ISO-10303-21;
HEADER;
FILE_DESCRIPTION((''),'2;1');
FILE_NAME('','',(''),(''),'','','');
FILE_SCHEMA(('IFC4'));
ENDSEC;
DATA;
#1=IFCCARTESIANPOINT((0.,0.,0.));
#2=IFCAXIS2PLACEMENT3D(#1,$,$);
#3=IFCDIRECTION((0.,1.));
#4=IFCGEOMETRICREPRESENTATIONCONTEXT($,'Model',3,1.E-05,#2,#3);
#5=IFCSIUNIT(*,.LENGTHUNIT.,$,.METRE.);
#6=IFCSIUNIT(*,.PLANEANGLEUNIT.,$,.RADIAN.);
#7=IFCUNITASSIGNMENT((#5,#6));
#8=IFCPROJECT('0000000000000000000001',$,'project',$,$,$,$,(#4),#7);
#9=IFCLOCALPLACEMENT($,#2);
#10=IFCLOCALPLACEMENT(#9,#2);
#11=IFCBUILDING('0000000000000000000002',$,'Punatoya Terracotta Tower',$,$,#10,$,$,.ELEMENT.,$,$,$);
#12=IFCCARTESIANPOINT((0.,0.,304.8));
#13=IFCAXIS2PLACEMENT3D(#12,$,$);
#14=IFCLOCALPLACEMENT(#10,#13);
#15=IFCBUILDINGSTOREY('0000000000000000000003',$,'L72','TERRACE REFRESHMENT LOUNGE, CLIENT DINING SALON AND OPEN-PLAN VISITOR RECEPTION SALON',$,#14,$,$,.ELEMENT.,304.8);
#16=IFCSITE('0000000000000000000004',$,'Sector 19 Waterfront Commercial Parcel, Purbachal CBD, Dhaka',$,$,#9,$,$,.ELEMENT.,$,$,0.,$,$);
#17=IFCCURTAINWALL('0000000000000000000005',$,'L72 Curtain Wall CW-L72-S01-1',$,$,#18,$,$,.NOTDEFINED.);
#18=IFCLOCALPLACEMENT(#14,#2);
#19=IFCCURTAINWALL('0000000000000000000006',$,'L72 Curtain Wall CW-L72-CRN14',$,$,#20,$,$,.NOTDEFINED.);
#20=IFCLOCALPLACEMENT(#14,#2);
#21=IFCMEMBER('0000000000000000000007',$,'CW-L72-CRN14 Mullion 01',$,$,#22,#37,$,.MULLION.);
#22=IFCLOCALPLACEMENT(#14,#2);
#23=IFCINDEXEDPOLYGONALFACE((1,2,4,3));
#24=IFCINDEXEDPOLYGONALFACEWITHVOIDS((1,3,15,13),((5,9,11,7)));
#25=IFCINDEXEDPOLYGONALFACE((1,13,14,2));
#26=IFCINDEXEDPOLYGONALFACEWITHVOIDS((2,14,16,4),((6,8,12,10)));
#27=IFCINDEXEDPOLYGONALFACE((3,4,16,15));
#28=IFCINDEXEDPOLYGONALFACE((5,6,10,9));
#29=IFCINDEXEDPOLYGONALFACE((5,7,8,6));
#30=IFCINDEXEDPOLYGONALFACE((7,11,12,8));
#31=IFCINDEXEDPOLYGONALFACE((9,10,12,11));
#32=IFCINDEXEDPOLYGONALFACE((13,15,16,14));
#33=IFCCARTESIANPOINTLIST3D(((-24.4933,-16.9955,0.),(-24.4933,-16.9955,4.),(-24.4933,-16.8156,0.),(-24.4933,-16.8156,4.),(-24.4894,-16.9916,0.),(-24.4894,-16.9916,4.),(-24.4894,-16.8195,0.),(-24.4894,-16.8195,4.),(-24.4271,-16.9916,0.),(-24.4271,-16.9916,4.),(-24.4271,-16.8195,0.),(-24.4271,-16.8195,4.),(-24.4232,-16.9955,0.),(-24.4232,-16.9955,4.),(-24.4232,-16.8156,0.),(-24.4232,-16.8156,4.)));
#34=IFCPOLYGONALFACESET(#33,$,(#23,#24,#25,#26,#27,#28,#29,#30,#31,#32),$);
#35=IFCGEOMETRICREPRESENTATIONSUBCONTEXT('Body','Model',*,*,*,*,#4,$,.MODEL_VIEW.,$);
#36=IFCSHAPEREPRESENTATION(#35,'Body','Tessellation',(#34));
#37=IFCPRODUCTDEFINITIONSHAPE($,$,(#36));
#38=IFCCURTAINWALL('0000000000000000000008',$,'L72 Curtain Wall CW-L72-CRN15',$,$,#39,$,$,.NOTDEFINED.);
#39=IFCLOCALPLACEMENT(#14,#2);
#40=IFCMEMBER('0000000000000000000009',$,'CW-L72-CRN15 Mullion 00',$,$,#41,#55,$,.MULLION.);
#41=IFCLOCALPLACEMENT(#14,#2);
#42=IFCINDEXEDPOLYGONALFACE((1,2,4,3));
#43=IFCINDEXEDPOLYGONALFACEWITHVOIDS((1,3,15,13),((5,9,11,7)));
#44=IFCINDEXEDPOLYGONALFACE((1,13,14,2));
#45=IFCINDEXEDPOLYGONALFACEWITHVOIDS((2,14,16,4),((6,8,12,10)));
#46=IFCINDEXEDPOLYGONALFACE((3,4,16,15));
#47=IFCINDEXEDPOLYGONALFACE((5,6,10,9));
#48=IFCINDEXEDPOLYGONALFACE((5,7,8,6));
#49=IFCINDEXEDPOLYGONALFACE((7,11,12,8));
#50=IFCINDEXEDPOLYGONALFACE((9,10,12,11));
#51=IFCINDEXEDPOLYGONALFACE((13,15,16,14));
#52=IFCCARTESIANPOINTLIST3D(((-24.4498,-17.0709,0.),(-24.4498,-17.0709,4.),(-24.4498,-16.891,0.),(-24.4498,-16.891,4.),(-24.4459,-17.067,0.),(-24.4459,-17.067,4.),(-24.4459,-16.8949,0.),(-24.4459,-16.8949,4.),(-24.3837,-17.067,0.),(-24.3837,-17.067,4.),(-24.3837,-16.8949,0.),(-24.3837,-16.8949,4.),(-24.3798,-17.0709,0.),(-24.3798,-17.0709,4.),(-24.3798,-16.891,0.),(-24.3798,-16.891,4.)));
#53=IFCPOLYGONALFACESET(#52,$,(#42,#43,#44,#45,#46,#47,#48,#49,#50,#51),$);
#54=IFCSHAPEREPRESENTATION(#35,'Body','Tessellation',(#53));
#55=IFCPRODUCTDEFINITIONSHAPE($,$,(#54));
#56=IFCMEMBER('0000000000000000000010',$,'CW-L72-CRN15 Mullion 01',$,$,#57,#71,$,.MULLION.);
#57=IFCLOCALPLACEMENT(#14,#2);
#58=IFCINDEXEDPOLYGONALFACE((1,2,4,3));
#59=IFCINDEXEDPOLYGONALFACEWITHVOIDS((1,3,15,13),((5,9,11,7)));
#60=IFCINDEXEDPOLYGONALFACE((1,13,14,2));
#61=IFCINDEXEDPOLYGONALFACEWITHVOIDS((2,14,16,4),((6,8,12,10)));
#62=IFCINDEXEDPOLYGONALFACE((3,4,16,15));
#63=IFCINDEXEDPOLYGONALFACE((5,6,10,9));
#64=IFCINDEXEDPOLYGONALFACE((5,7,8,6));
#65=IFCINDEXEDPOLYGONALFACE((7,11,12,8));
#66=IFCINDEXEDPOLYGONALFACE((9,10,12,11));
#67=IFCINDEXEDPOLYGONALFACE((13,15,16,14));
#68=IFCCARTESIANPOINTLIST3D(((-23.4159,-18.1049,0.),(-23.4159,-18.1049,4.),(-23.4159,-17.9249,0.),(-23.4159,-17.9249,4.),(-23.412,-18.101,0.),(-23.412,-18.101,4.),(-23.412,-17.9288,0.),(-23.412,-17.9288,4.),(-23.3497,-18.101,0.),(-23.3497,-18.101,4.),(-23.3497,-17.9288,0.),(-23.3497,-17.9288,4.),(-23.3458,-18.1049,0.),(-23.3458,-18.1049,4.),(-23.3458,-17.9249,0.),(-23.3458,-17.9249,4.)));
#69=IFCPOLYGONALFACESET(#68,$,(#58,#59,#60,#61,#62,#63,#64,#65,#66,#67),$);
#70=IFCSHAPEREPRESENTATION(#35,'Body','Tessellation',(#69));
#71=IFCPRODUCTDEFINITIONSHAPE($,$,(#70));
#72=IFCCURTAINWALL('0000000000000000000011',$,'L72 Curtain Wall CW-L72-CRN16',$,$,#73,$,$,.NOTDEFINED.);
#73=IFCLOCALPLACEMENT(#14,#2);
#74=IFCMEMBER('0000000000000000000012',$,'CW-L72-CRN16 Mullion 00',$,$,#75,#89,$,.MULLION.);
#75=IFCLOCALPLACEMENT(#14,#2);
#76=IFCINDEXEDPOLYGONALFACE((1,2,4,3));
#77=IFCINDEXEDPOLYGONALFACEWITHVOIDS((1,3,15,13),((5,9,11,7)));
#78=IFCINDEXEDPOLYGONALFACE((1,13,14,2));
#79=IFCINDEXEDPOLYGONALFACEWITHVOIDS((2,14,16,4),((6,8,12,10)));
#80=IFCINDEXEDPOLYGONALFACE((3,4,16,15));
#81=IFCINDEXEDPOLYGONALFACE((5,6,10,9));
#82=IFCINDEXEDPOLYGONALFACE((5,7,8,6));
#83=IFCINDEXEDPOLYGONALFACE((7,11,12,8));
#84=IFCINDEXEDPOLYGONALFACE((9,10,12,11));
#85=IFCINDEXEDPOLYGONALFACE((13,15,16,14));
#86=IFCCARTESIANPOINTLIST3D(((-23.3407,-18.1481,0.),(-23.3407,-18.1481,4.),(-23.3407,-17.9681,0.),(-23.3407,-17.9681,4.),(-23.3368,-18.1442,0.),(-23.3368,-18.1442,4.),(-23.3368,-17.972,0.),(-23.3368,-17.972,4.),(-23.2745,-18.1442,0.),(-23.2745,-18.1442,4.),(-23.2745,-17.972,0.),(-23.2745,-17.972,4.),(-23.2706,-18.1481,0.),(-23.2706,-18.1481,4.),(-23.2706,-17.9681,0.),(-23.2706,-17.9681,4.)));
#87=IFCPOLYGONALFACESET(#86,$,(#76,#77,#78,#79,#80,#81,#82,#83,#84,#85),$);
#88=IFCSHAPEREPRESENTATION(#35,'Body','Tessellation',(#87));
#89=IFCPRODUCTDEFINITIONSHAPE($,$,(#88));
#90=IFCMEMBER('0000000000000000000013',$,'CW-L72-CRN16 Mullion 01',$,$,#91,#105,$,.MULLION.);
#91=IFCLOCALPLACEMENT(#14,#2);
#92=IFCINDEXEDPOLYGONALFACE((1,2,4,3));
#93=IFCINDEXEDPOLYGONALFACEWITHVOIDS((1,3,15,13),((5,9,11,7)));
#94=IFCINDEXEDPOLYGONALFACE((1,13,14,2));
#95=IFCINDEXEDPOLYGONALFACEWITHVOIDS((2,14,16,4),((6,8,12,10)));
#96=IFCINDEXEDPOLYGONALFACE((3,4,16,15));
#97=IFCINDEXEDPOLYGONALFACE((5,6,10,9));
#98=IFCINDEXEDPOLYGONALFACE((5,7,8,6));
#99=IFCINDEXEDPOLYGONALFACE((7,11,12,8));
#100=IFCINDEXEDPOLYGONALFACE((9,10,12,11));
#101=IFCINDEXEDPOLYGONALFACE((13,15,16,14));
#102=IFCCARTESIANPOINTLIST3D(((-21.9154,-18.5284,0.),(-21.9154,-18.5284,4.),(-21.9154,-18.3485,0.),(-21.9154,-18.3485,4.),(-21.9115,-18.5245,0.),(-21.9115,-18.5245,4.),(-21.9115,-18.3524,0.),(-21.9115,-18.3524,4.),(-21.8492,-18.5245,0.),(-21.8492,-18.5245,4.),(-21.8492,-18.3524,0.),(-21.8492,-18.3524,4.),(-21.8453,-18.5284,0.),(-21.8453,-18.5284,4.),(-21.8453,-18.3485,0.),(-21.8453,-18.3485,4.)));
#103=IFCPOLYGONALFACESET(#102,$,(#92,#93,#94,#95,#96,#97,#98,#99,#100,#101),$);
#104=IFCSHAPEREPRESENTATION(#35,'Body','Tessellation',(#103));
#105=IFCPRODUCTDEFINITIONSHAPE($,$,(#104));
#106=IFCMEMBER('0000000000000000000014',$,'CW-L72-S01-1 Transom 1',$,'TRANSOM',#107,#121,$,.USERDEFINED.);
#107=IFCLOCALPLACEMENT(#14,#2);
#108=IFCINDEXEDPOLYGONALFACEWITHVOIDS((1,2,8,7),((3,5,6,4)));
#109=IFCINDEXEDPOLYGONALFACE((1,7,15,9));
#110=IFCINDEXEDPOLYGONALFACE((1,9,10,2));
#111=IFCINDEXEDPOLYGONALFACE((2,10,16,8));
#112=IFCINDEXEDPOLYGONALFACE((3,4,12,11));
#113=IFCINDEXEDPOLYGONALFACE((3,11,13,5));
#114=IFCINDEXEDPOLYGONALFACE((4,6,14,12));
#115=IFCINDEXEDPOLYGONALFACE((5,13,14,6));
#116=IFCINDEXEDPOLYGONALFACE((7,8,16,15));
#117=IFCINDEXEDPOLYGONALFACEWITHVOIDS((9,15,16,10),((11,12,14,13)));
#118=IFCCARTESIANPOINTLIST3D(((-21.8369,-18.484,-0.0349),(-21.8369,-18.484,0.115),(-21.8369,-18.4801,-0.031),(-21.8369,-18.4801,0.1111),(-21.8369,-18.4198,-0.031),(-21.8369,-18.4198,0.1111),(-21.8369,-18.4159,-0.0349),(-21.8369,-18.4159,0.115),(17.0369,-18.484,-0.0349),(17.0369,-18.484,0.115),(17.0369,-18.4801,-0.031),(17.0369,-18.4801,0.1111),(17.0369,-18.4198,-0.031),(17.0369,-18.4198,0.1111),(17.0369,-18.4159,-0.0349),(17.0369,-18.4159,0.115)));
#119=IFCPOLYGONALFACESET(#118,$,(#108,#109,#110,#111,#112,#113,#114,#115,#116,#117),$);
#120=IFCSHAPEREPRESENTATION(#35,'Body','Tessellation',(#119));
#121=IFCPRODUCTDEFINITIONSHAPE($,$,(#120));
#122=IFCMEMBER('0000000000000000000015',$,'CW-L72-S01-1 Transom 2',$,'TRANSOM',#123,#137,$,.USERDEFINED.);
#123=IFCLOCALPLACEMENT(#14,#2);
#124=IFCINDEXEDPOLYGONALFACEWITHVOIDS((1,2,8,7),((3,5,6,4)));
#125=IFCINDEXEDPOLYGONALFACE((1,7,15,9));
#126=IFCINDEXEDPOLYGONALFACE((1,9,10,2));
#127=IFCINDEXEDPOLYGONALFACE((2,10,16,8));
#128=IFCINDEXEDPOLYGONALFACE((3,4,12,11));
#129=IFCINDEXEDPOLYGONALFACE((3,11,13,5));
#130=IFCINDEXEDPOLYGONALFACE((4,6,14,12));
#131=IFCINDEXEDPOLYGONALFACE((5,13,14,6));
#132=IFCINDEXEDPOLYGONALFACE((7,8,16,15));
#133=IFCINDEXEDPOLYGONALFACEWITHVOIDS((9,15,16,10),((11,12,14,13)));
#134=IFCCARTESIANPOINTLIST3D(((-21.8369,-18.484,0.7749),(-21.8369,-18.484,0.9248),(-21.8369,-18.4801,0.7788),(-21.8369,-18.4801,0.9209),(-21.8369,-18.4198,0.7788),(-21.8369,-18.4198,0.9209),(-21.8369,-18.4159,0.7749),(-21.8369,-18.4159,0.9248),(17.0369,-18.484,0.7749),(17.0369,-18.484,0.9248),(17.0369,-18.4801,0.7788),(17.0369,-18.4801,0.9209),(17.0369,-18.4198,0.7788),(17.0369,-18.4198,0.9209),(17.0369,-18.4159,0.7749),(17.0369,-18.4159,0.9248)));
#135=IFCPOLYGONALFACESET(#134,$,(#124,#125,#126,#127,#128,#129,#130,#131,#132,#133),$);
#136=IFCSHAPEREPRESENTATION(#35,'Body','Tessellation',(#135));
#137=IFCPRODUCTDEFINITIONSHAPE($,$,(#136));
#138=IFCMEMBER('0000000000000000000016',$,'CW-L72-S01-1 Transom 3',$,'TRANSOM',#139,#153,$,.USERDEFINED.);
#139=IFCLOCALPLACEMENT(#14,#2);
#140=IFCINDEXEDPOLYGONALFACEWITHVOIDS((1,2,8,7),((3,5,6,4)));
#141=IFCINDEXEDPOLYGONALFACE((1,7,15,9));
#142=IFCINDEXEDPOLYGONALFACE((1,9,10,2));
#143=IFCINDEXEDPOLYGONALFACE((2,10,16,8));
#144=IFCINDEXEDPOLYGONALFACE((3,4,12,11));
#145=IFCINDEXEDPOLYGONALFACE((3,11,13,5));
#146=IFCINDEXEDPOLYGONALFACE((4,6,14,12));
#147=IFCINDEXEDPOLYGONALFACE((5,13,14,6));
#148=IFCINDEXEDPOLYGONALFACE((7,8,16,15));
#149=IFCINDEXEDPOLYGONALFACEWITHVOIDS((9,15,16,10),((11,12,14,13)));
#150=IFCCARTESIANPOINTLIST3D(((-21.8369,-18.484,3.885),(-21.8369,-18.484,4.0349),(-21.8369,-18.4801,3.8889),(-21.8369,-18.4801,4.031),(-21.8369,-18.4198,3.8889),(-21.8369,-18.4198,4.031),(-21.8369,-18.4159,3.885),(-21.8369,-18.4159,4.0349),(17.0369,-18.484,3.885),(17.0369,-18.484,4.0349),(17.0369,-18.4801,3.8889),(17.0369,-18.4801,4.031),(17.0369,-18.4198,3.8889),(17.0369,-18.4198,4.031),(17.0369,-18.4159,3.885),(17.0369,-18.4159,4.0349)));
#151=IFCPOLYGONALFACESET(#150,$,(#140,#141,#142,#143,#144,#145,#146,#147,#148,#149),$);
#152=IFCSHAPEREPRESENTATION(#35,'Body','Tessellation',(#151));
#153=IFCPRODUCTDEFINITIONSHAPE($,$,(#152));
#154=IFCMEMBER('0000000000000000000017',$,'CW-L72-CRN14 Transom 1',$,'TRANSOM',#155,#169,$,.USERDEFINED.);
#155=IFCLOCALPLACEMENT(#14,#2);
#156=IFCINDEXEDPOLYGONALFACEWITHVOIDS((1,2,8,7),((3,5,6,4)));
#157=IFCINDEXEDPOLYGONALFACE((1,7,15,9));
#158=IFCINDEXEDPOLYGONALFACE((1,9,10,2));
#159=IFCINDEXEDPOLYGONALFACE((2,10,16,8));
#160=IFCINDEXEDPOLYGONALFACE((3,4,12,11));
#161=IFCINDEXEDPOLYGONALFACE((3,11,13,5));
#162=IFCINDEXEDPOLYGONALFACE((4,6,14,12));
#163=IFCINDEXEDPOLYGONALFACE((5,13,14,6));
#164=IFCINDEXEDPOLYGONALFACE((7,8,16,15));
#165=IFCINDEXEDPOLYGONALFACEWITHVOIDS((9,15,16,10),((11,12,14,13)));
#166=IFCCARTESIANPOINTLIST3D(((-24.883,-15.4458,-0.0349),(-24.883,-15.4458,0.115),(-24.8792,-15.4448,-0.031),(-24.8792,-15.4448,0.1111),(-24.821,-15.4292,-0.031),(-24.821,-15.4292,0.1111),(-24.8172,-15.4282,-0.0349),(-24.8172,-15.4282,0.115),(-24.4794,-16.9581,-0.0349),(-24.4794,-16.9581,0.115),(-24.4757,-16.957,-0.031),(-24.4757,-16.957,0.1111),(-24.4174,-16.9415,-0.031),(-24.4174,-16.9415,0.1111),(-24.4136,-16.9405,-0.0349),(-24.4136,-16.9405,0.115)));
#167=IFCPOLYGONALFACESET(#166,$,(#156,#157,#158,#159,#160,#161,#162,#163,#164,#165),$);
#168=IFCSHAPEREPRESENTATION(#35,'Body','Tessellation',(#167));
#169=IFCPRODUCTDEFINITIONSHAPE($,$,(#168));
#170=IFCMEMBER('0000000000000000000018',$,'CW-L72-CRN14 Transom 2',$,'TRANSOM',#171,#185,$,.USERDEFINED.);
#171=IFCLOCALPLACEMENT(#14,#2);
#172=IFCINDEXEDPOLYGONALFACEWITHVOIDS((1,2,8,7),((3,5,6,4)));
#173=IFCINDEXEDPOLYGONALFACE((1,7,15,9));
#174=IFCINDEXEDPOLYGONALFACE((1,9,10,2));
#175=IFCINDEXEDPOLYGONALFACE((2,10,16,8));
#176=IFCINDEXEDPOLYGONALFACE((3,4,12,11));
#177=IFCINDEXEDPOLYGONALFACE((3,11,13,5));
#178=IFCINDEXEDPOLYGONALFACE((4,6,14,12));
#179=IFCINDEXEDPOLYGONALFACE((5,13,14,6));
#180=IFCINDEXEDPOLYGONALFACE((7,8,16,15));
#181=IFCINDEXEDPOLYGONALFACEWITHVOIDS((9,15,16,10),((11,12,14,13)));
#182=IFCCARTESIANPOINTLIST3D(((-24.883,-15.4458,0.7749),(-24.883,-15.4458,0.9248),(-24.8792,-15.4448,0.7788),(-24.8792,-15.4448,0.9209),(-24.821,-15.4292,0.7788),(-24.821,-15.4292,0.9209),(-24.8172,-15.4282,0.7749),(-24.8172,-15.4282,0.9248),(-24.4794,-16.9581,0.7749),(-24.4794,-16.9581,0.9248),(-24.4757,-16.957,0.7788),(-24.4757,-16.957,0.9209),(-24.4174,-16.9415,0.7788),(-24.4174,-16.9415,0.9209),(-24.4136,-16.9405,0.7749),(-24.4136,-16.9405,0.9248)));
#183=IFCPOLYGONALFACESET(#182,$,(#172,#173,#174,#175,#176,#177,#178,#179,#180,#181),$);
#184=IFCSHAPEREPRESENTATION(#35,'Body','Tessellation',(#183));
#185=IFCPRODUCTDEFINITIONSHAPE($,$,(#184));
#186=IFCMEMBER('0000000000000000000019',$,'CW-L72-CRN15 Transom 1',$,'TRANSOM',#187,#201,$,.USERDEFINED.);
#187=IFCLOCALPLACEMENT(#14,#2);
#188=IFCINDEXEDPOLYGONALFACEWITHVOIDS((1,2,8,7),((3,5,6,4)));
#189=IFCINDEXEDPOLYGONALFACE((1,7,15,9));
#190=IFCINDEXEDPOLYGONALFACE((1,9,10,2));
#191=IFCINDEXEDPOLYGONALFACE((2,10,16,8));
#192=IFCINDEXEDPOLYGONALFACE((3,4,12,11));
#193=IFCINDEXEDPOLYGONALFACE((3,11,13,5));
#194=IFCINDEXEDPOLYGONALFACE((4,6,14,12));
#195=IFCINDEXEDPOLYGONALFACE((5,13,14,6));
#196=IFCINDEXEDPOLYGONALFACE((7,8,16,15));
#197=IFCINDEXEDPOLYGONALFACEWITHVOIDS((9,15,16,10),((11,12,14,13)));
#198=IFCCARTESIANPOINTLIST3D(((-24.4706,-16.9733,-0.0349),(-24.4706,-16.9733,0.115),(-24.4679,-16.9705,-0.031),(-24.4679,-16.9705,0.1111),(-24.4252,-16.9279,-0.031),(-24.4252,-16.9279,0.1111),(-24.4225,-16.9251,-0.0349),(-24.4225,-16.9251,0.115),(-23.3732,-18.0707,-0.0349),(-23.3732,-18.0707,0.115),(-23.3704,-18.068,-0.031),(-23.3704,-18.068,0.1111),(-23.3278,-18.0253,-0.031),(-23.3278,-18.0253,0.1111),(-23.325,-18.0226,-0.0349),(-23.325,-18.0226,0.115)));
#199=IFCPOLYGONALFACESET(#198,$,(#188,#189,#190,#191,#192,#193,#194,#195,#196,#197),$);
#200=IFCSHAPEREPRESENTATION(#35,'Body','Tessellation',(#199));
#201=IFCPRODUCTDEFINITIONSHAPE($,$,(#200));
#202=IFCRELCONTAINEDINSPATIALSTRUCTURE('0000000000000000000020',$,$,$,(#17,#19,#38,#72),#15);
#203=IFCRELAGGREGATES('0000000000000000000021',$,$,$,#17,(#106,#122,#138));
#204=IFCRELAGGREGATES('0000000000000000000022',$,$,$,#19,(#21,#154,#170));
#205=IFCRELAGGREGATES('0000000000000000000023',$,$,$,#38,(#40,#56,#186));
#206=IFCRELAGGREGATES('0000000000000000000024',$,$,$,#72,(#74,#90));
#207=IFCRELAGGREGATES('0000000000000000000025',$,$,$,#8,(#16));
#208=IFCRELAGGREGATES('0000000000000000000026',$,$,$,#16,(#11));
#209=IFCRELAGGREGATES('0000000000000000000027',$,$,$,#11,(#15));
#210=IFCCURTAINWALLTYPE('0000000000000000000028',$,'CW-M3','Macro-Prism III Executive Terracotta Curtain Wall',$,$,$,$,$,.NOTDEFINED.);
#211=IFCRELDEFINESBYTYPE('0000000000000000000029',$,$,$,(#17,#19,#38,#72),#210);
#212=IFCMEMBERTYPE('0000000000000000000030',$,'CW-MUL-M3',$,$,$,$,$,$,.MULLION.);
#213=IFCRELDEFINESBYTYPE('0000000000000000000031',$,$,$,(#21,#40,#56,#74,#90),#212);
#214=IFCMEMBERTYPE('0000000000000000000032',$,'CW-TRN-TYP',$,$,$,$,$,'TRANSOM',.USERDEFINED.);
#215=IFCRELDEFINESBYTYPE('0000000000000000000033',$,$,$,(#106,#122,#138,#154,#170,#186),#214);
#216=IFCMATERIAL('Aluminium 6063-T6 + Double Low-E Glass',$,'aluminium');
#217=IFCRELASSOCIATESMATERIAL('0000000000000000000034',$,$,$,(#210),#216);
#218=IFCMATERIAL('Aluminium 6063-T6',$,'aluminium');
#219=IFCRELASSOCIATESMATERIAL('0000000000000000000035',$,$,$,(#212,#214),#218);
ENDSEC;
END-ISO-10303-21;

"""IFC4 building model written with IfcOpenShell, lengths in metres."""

from ifc_helpers import new_model, si_unit, direction, frame, origin, origin_2d, place, context, subcontext, project, spatial, hollow_rectangle, extrude, material, material_profile, profile_set, type_object, element, aggregate, save


model = new_model("IFC4")

# Units and contexts
model_context = context("Model", 3, precision=1e-05, world=origin(), true_north=direction((0.0, 1.0)))
body_context = subcontext(model_context, "Body", "Model", "MODEL_VIEW")
ifc_project = project(units=[si_unit("LENGTHUNIT", "METRE"), si_unit("PLANEANGLEUNIT", "RADIAN")], contexts=[model_context])

# Site, building, storey
site_placement = place(None, origin())
site = spatial("IfcSite", under=ifc_project, at=site_placement, Name="Sector 19 Waterfront Commercial Parcel, Purbachal CBD, Dhaka", CompositionType="ELEMENT", RefElevation=0.0)
building_placement = place(site_placement, origin())
building = spatial("IfcBuilding", under=site, at=building_placement, Name="Punatoya Terracotta Tower", CompositionType="ELEMENT")
storey_placement = place(building_placement, frame((0.0, 0.0, 304.8)))
storey = spatial("IfcBuildingStorey", under=building, at=storey_placement, Name="L72", Description="TERRACE REFRESHMENT LOUNGE, CLIENT DINING SALON AND OPEN-PLAN VISITOR RECEPTION SALON", CompositionType="ELEMENT", Elevation=304.8)

# Curtain wall
ifc_material_1 = material(Name="Aluminium 6063-T6 + Double Low-E Glass", Category="aluminium")
curtain_wall_type = type_object("IfcCurtainWallType", Name="CW-M3", Description="Macro-Prism III Executive Terracotta Curtain Wall", PredefinedType="NOTDEFINED", material=ifc_material_1)
curtain_wall_1_placement = place(storey_placement, origin())
curtain_wall_1 = element("IfcCurtainWall", 1, at=curtain_wall_1_placement, inside=storey, type_object=curtain_wall_type, Name="L72 Curtain Wall CW-L72-S01-1", PredefinedType="NOTDEFINED")
ifc_material_2 = material(Name="Aluminium 6063-T6", Category="aluminium")
ifc_material_profile_1 = material_profile(ifc_material_2, hollow_rectangle(XDim=0.0701, YDim=0.1799, WallThickness=0.0039, at=origin_2d()))
ifc_profile_set_1 = profile_set([ifc_material_profile_1], Name="Aluminium 6063-T6")
member_type_1 = type_object("IfcMemberType", Name="CW-MUL-M3", PredefinedType="MULLION", material=ifc_profile_set_1)

# Curtain walls, members
curtain_wall_2_placement = place(storey_placement, origin())
curtain_wall_2 = element("IfcCurtainWall", 2, at=curtain_wall_2_placement, inside=storey, type_object=curtain_wall_type, Name="L72 Curtain Wall CW-L72-CRN14", PredefinedType="NOTDEFINED")
member_1_placement = place(storey_placement, frame((-24.4583, -16.9055, 0.0), z_axis=(0.0, 0.0, 1.0), x_axis=(1.0, 0.0, 0.0)))
member_1 = element("IfcMember", 3, at=member_1_placement, type_object=member_type_1, Name="CW-L72-CRN14 Mullion 01", PredefinedType="MULLION", context=body_context, shape_type="SweptSolid", body=[
    extrude(hollow_rectangle(XDim=0.0701, YDim=0.1799, WallThickness=0.0039, at=origin_2d()), origin(), (0.0, 0.0, 1.0), 4.0),
])
curtain_wall_3_placement = place(storey_placement, origin())
curtain_wall_3 = element("IfcCurtainWall", 4, at=curtain_wall_3_placement, inside=storey, type_object=curtain_wall_type, Name="L72 Curtain Wall CW-L72-CRN15", PredefinedType="NOTDEFINED")
member_2_placement = place(storey_placement, frame((-24.4148, -16.981, 0.0), z_axis=(0.0, 0.0, 1.0), x_axis=(1.0, 0.0, 0.0)))
member_2 = element("IfcMember", 5, at=member_2_placement, type_object=member_type_1, Name="CW-L72-CRN15 Mullion 00", PredefinedType="MULLION", context=body_context, shape_type="SweptSolid", body=[
    extrude(hollow_rectangle(XDim=0.0701, YDim=0.1799, WallThickness=0.0039, at=origin_2d()), origin(), (0.0, 0.0, 1.0), 4.0),
])
member_3_placement = place(storey_placement, frame((-23.3809, -18.0149, 0.0), z_axis=(0.0, 0.0, 1.0), x_axis=(1.0, 0.0, 0.0)))
member_3 = element("IfcMember", 6, at=member_3_placement, type_object=member_type_1, Name="CW-L72-CRN15 Mullion 01", PredefinedType="MULLION", context=body_context, shape_type="SweptSolid", body=[
    extrude(hollow_rectangle(XDim=0.0701, YDim=0.1799, WallThickness=0.0039, at=origin_2d()), origin(), (0.0, 0.0, 1.0), 4.0),
])
curtain_wall_4_placement = place(storey_placement, origin())
curtain_wall_4 = element("IfcCurtainWall", 7, at=curtain_wall_4_placement, inside=storey, type_object=curtain_wall_type, Name="L72 Curtain Wall CW-L72-CRN16", PredefinedType="NOTDEFINED")
member_4_placement = place(storey_placement, frame((-23.3057, -18.0581, 0.0), z_axis=(0.0, 0.0, 1.0), x_axis=(1.0, 0.0, 0.0)))
member_4 = element("IfcMember", 8, at=member_4_placement, type_object=member_type_1, Name="CW-L72-CRN16 Mullion 00", PredefinedType="MULLION", context=body_context, shape_type="SweptSolid", body=[
    extrude(hollow_rectangle(XDim=0.0701, YDim=0.1799, WallThickness=0.0039, at=origin_2d()), origin(), (0.0, 0.0, 1.0), 4.0),
])
member_5_placement = place(storey_placement, frame((-21.8804, -18.4385, 0.0), z_axis=(0.0, 0.0, 1.0), x_axis=(1.0, 0.0, 0.0)))
member_5 = element("IfcMember", 9, at=member_5_placement, type_object=member_type_1, Name="CW-L72-CRN16 Mullion 01", PredefinedType="MULLION", context=body_context, shape_type="SweptSolid", body=[
    extrude(hollow_rectangle(XDim=0.0701, YDim=0.1799, WallThickness=0.0039, at=origin_2d()), origin(), (0.0, 0.0, 1.0), 4.0),
])

# Members
ifc_material_profile_2 = material_profile(ifc_material_2, hollow_rectangle(XDim=0.0681, YDim=0.1499, WallThickness=0.0039, at=origin_2d()))
ifc_profile_set_2 = profile_set([ifc_material_profile_2], Name="Aluminium 6063-T6")
member_type_2 = type_object("IfcMemberType", Name="CW-TRN-TYP", ElementType="TRANSOM", PredefinedType="USERDEFINED", material=ifc_profile_set_2)
member_6_placement = place(storey_placement, frame((-21.8369, -18.45, 0.04), z_axis=(1.0, 0.0, 0.0), x_axis=(0.0, 1.0, 0.0)))
member_6 = element("IfcMember", 10, at=member_6_placement, type_object=member_type_2, Name="CW-L72-S01-1 Transom 1", ObjectType="TRANSOM", PredefinedType="USERDEFINED", context=body_context, shape_type="SweptSolid", body=[
    extrude(hollow_rectangle(XDim=0.0681, YDim=0.1499, WallThickness=0.0039, at=origin_2d()), origin(), (0.0, 0.0, 1.0), 38.8738),
])
member_7_placement = place(storey_placement, frame((-21.8369, -18.45, 0.8499), z_axis=(1.0, 0.0, 0.0), x_axis=(0.0, 1.0, 0.0)))
member_7 = element("IfcMember", 11, at=member_7_placement, type_object=member_type_2, Name="CW-L72-S01-1 Transom 2", ObjectType="TRANSOM", PredefinedType="USERDEFINED", context=body_context, shape_type="SweptSolid", body=[
    extrude(hollow_rectangle(XDim=0.0681, YDim=0.1499, WallThickness=0.0039, at=origin_2d()), origin(), (0.0, 0.0, 1.0), 38.8738),
])
member_8_placement = place(storey_placement, frame((-21.8369, -18.45, 3.96), z_axis=(1.0, 0.0, 0.0), x_axis=(0.0, 1.0, 0.0)))
member_8 = element("IfcMember", 12, at=member_8_placement, type_object=member_type_2, Name="CW-L72-S01-1 Transom 3", ObjectType="TRANSOM", PredefinedType="USERDEFINED", context=body_context, shape_type="SweptSolid", body=[
    extrude(hollow_rectangle(XDim=0.0681, YDim=0.1499, WallThickness=0.0039, at=origin_2d()), origin(), (0.0, 0.0, 1.0), 38.8738),
])
member_9_placement = place(storey_placement, frame((-24.8501, -15.437, 0.04), z_axis=(0.257847, -0.966186, 0.0), x_axis=(0.966186, 0.257847, 0.0)))
member_9 = element("IfcMember", 13, at=member_9_placement, type_object=member_type_2, Name="CW-L72-CRN14 Transom 1", ObjectType="TRANSOM", PredefinedType="USERDEFINED", context=body_context, shape_type="SweptSolid", body=[
    extrude(hollow_rectangle(XDim=0.0681, YDim=0.1499, WallThickness=0.0039, at=origin_2d()), origin(), (0.0, 0.0, 1.0), 1.5652),
])
member_10_placement = place(storey_placement, frame((-24.8501, -15.437, 0.8499), z_axis=(0.257847, -0.966186, 0.0), x_axis=(0.966186, 0.257847, 0.0)))
member_10 = element("IfcMember", 14, at=member_10_placement, type_object=member_type_2, Name="CW-L72-CRN14 Transom 2", ObjectType="TRANSOM", PredefinedType="USERDEFINED", context=body_context, shape_type="SweptSolid", body=[
    extrude(hollow_rectangle(XDim=0.0681, YDim=0.1499, WallThickness=0.0039, at=origin_2d()), origin(), (0.0, 0.0, 1.0), 1.5652),
])
member_11_placement = place(storey_placement, frame((-24.4465, -16.9492, 0.04), z_axis=(0.707107, -0.707107, 0.0), x_axis=(0.707107, 0.707107, 0.0)))
member_11 = element("IfcMember", 15, at=member_11_placement, type_object=member_type_2, Name="CW-L72-CRN15 Transom 1", ObjectType="TRANSOM", PredefinedType="USERDEFINED", context=body_context, shape_type="SweptSolid", body=[
    extrude(hollow_rectangle(XDim=0.0681, YDim=0.1499, WallThickness=0.0039, at=origin_2d()), origin(), (0.0, 0.0, 1.0), 1.552),
])

aggregate(curtain_wall_1, [member_6, member_7, member_8])
aggregate(curtain_wall_2, [member_1, member_9, member_10])
aggregate(curtain_wall_3, [member_2, member_3, member_11])
aggregate(curtain_wall_4, [member_4, member_5])

save(model, "model.ifc")
